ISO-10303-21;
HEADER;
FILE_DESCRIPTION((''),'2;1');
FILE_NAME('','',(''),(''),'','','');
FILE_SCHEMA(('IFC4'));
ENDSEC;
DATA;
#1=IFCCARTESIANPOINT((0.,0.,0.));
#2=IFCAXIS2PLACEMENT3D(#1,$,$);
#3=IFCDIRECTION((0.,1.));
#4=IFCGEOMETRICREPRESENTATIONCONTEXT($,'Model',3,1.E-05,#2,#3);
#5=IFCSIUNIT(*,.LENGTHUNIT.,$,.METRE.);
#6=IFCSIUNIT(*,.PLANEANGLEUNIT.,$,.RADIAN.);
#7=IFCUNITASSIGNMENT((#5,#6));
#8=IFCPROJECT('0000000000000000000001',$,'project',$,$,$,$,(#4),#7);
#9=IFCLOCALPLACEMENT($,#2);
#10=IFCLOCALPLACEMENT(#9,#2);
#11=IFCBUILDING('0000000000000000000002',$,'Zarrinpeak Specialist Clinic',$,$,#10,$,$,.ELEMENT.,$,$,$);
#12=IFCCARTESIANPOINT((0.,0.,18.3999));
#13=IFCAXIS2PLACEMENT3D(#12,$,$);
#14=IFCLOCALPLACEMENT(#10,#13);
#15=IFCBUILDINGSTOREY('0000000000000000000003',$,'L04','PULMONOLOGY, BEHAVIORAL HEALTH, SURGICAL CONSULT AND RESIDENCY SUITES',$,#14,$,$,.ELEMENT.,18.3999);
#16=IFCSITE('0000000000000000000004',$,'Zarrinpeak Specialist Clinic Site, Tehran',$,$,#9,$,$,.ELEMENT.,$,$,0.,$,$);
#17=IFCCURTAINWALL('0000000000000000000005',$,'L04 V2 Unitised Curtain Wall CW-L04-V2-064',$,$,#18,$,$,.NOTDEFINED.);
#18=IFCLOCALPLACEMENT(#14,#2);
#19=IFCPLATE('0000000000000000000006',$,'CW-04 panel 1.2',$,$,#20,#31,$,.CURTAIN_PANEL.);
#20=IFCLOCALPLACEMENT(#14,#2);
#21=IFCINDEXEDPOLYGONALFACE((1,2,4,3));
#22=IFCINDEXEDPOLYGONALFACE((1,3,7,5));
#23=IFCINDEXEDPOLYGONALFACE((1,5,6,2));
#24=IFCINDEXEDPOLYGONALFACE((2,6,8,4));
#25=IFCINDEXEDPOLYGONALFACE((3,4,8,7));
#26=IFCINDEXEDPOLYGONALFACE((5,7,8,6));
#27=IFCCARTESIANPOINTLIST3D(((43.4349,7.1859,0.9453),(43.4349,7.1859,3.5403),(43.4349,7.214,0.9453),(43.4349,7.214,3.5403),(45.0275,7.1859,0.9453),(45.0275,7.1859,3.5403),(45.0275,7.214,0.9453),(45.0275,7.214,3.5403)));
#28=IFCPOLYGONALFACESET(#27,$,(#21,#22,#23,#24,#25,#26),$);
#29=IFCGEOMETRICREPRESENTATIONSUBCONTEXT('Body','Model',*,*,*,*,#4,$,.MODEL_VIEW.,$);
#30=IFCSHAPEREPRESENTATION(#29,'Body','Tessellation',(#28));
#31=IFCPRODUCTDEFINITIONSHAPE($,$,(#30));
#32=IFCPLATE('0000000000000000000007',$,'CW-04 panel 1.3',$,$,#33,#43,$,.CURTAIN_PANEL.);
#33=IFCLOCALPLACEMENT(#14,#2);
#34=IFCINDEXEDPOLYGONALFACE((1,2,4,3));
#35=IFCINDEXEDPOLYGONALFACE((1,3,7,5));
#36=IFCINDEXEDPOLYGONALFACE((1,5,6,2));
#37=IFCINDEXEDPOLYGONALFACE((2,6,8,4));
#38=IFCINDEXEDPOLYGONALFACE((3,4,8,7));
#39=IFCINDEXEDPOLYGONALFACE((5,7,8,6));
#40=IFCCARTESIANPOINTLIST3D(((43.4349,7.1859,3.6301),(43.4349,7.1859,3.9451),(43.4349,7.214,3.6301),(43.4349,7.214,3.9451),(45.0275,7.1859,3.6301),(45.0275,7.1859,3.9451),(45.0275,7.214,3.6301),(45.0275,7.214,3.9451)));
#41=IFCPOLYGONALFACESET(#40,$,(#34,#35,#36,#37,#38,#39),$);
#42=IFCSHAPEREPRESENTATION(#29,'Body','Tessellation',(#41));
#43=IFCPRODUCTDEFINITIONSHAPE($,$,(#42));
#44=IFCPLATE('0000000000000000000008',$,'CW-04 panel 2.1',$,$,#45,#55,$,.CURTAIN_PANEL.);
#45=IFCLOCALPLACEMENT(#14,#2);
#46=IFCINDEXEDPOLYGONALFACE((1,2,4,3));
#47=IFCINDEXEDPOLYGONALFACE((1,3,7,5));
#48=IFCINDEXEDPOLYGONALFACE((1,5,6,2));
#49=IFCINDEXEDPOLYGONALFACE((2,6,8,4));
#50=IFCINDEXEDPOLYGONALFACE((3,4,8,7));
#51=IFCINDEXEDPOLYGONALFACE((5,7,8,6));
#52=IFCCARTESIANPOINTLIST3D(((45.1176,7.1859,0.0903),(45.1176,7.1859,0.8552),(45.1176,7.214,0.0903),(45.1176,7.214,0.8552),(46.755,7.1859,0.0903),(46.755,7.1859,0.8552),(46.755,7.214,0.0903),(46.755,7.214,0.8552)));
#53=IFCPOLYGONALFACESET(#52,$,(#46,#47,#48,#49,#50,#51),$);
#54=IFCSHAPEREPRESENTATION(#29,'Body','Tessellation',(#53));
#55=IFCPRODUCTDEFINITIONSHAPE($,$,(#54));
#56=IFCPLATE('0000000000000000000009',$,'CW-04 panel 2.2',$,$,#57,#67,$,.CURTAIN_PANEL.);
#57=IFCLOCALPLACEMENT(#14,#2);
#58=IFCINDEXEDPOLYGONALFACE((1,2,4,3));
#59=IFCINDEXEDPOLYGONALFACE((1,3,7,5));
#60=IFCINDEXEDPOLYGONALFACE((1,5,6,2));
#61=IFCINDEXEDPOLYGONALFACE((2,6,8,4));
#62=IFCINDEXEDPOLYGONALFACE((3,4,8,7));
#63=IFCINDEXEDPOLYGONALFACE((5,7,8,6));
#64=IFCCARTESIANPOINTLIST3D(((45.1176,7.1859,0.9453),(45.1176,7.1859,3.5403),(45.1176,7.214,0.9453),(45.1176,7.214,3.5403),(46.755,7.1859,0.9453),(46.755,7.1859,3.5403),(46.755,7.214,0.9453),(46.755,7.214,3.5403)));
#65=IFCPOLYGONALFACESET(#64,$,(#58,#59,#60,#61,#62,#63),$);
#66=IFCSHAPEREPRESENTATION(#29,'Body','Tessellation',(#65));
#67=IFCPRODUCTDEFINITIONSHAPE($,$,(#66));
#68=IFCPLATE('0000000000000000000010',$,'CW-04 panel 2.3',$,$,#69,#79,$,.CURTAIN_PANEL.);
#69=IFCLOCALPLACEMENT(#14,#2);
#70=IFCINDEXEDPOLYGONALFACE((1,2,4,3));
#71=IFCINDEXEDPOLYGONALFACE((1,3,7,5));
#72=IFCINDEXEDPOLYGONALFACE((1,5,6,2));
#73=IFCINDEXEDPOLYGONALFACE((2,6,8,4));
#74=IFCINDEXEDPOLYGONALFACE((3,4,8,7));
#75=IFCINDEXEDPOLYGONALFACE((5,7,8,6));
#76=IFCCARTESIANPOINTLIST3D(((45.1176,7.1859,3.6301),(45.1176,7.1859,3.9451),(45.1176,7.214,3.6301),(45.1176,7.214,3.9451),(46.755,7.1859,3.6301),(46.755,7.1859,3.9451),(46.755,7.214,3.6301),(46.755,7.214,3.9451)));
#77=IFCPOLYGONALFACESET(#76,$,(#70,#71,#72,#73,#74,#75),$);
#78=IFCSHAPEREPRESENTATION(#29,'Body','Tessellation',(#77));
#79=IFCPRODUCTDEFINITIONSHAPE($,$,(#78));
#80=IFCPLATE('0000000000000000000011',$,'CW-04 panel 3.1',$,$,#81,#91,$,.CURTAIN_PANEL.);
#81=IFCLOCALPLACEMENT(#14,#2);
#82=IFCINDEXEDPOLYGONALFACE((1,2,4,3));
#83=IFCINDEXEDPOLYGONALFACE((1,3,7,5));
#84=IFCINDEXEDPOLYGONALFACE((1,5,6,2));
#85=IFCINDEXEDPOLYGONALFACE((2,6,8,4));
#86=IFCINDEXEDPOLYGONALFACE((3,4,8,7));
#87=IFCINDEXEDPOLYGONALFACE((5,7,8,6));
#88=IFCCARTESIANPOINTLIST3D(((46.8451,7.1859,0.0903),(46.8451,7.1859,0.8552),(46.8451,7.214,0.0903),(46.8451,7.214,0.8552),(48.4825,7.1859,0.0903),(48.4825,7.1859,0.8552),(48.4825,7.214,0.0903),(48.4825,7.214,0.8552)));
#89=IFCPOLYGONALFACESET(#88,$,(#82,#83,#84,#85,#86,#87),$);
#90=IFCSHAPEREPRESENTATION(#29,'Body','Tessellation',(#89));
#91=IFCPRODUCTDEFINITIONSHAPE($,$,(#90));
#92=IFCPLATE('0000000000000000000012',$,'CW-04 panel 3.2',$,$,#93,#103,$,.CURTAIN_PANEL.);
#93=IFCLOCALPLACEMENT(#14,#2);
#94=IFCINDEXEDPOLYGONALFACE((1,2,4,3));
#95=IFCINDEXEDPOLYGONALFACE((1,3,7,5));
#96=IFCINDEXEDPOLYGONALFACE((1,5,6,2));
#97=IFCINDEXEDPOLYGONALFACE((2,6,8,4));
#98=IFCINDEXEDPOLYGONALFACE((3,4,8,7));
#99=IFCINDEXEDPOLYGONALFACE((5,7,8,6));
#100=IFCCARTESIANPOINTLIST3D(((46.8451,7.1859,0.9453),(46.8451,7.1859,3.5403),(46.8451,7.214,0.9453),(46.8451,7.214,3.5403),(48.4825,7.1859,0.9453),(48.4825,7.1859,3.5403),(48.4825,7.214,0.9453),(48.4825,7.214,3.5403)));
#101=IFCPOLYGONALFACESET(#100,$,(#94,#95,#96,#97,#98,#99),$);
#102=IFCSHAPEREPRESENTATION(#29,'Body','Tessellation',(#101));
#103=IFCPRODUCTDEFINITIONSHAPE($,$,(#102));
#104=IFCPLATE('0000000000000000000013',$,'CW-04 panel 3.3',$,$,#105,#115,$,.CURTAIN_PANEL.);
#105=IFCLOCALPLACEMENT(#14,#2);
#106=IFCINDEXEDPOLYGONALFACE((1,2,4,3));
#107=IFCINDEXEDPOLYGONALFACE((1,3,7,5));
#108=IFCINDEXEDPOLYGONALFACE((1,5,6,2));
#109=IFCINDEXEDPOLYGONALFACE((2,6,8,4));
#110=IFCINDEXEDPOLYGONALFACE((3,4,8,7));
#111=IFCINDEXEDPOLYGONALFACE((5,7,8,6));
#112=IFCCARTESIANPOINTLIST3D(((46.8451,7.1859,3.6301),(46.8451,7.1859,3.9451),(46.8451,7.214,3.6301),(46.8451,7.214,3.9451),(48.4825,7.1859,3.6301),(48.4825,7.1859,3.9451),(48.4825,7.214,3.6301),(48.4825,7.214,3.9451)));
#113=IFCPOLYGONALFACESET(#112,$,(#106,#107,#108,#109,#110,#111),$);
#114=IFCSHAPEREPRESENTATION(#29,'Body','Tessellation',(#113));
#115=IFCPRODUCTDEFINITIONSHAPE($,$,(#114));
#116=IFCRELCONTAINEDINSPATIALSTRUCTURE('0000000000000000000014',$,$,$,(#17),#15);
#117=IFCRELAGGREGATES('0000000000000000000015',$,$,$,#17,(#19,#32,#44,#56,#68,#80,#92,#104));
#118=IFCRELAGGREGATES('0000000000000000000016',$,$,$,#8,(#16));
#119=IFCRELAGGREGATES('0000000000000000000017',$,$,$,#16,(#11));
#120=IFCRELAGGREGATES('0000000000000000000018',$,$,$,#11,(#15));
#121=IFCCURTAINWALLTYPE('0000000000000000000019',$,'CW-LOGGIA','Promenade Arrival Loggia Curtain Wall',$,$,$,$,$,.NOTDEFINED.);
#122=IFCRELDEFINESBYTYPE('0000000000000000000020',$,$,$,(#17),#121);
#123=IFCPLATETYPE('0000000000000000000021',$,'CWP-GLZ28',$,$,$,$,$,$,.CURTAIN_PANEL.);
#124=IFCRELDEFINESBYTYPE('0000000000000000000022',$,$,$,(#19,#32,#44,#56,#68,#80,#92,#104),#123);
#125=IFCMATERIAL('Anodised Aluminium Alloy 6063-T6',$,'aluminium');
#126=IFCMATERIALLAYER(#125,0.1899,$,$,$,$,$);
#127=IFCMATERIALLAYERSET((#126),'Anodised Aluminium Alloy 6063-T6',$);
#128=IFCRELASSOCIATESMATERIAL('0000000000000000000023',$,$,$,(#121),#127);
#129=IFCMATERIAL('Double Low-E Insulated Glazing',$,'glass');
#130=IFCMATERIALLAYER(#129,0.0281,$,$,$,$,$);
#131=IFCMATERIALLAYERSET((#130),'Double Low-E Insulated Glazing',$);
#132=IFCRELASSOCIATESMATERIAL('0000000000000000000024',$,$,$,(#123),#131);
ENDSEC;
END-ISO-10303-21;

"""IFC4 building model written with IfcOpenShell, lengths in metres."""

from ifc_helpers import new_model, si_unit, direction, frame, origin, origin_2d, place, context, subcontext, project, spatial, rectangle, extrude, material, layer, layer_set, type_object, element, aggregate, save


model = new_model("IFC4")

# Units and contexts
model_context = context("Model", 3, precision=1e-05, world=origin(), true_north=direction((0.0, 1.0)))
body_context = subcontext(model_context, "Body", "Model", "MODEL_VIEW")
ifc_project = project(units=[si_unit("LENGTHUNIT", "METRE"), si_unit("PLANEANGLEUNIT", "RADIAN")], contexts=[model_context])

# Site, building, storey
site_placement = place(None, origin())
site = spatial("IfcSite", under=ifc_project, at=site_placement, Name="Zarrinpeak Specialist Clinic Site, Tehran", CompositionType="ELEMENT", RefElevation=0.0)
building_placement = place(site_placement, origin())
building = spatial("IfcBuilding", under=site, at=building_placement, Name="Zarrinpeak Specialist Clinic", CompositionType="ELEMENT")
storey_placement = place(building_placement, frame((0.0, 0.0, 18.3999)))
storey = spatial("IfcBuildingStorey", under=building, at=storey_placement, Name="L04", Description="PULMONOLOGY, BEHAVIORAL HEALTH, SURGICAL CONSULT AND RESIDENCY SUITES", CompositionType="ELEMENT", Elevation=18.3999)

# Curtain wall, plates
ifc_material_1 = material(Name="Anodised Aluminium Alloy 6063-T6", Category="aluminium")
ifc_layer_1 = layer(ifc_material_1, 0.1899)
ifc_layer_set_1 = layer_set([ifc_layer_1], Name="Anodised Aluminium Alloy 6063-T6")
curtain_wall_type = type_object("IfcCurtainWallType", Name="CW-LOGGIA", Description="Promenade Arrival Loggia Curtain Wall", PredefinedType="NOTDEFINED", material=ifc_layer_set_1)
curtain_wall_placement = place(storey_placement, origin())
curtain_wall = element("IfcCurtainWall", 1, at=curtain_wall_placement, inside=storey, type_object=curtain_wall_type, Name="L04 V2 Unitised Curtain Wall CW-L04-V2-064", PredefinedType="NOTDEFINED")
ifc_material_2 = material(Name="Double Low-E Insulated Glazing", Category="glass")
ifc_layer_2 = layer(ifc_material_2, 0.0281)
ifc_layer_set_2 = layer_set([ifc_layer_2], Name="Double Low-E Insulated Glazing")
plate_type = type_object("IfcPlateType", Name="CWP-GLZ28", PredefinedType="CURTAIN_PANEL", material=ifc_layer_set_2)
plate_1_placement = place(storey_placement, frame((44.2312, 7.2, 0.9453), z_axis=(0.0, 0.0, 1.0), x_axis=(1.0, 0.0, 0.0)))
plate_1 = element("IfcPlate", 2, at=plate_1_placement, type_object=plate_type, Name="CW-04 panel 1.2", PredefinedType="CURTAIN_PANEL", context=body_context, shape_type="SweptSolid", body=[
    extrude(rectangle(XDim=1.5925, YDim=0.0281, at=origin_2d()), origin(), (0.0, 0.0, 1.0), 2.595),
])
plate_2_placement = place(storey_placement, frame((44.2312, 7.2, 3.6301), z_axis=(0.0, 0.0, 1.0), x_axis=(1.0, 0.0, 0.0)))
plate_2 = element("IfcPlate", 3, at=plate_2_placement, type_object=plate_type, Name="CW-04 panel 1.3", PredefinedType="CURTAIN_PANEL", context=body_context, shape_type="SweptSolid", body=[
    extrude(rectangle(XDim=1.5925, YDim=0.0281, at=origin_2d()), origin(), (0.0, 0.0, 1.0), 0.3149),
])
plate_3_placement = place(storey_placement, frame((45.9363, 7.2, 0.0903), z_axis=(0.0, 0.0, 1.0), x_axis=(1.0, 0.0, 0.0)))
plate_3 = element("IfcPlate", 4, at=plate_3_placement, type_object=plate_type, Name="CW-04 panel 2.1", PredefinedType="CURTAIN_PANEL", context=body_context, shape_type="SweptSolid", body=[
    extrude(rectangle(XDim=1.6375, YDim=0.0281, at=origin_2d()), origin(), (0.0, 0.0, 1.0), 0.7649),
])
plate_4_placement = place(storey_placement, frame((45.9363, 7.2, 0.9453), z_axis=(0.0, 0.0, 1.0), x_axis=(1.0, 0.0, 0.0)))
plate_4 = element("IfcPlate", 5, at=plate_4_placement, type_object=plate_type, Name="CW-04 panel 2.2", PredefinedType="CURTAIN_PANEL", context=body_context, shape_type="SweptSolid", body=[
    extrude(rectangle(XDim=1.6375, YDim=0.0281, at=origin_2d()), origin(), (0.0, 0.0, 1.0), 2.595),
])
plate_5_placement = place(storey_placement, frame((45.9363, 7.2, 3.6301), z_axis=(0.0, 0.0, 1.0), x_axis=(1.0, 0.0, 0.0)))
plate_5 = element("IfcPlate", 6, at=plate_5_placement, type_object=plate_type, Name="CW-04 panel 2.3", PredefinedType="CURTAIN_PANEL", context=body_context, shape_type="SweptSolid", body=[
    extrude(rectangle(XDim=1.6375, YDim=0.0281, at=origin_2d()), origin(), (0.0, 0.0, 1.0), 0.3149),
])
plate_6_placement = place(storey_placement, frame((47.6638, 7.2, 0.0903), z_axis=(0.0, 0.0, 1.0), x_axis=(1.0, 0.0, 0.0)))
plate_6 = element("IfcPlate", 7, at=plate_6_placement, type_object=plate_type, Name="CW-04 panel 3.1", PredefinedType="CURTAIN_PANEL", context=body_context, shape_type="SweptSolid", body=[
    extrude(rectangle(XDim=1.6375, YDim=0.0281, at=origin_2d()), origin(), (0.0, 0.0, 1.0), 0.7649),
])
plate_7_placement = place(storey_placement, frame((47.6638, 7.2, 0.9453), z_axis=(0.0, 0.0, 1.0), x_axis=(1.0, 0.0, 0.0)))
plate_7 = element("IfcPlate", 8, at=plate_7_placement, type_object=plate_type, Name="CW-04 panel 3.2", PredefinedType="CURTAIN_PANEL", context=body_context, shape_type="SweptSolid", body=[
    extrude(rectangle(XDim=1.6375, YDim=0.0281, at=origin_2d()), origin(), (0.0, 0.0, 1.0), 2.595),
])
plate_8_placement = place(storey_placement, frame((47.6638, 7.2, 3.6301), z_axis=(0.0, 0.0, 1.0), x_axis=(1.0, 0.0, 0.0)))
plate_8 = element("IfcPlate", 9, at=plate_8_placement, type_object=plate_type, Name="CW-04 panel 3.3", PredefinedType="CURTAIN_PANEL", context=body_context, shape_type="SweptSolid", body=[
    extrude(rectangle(XDim=1.6375, YDim=0.0281, at=origin_2d()), origin(), (0.0, 0.0, 1.0), 0.3149),
])
aggregate(curtain_wall, [plate_1, plate_2, plate_3, plate_4, plate_5, plate_6, plate_7, plate_8])

save(model, "model.ifc")
